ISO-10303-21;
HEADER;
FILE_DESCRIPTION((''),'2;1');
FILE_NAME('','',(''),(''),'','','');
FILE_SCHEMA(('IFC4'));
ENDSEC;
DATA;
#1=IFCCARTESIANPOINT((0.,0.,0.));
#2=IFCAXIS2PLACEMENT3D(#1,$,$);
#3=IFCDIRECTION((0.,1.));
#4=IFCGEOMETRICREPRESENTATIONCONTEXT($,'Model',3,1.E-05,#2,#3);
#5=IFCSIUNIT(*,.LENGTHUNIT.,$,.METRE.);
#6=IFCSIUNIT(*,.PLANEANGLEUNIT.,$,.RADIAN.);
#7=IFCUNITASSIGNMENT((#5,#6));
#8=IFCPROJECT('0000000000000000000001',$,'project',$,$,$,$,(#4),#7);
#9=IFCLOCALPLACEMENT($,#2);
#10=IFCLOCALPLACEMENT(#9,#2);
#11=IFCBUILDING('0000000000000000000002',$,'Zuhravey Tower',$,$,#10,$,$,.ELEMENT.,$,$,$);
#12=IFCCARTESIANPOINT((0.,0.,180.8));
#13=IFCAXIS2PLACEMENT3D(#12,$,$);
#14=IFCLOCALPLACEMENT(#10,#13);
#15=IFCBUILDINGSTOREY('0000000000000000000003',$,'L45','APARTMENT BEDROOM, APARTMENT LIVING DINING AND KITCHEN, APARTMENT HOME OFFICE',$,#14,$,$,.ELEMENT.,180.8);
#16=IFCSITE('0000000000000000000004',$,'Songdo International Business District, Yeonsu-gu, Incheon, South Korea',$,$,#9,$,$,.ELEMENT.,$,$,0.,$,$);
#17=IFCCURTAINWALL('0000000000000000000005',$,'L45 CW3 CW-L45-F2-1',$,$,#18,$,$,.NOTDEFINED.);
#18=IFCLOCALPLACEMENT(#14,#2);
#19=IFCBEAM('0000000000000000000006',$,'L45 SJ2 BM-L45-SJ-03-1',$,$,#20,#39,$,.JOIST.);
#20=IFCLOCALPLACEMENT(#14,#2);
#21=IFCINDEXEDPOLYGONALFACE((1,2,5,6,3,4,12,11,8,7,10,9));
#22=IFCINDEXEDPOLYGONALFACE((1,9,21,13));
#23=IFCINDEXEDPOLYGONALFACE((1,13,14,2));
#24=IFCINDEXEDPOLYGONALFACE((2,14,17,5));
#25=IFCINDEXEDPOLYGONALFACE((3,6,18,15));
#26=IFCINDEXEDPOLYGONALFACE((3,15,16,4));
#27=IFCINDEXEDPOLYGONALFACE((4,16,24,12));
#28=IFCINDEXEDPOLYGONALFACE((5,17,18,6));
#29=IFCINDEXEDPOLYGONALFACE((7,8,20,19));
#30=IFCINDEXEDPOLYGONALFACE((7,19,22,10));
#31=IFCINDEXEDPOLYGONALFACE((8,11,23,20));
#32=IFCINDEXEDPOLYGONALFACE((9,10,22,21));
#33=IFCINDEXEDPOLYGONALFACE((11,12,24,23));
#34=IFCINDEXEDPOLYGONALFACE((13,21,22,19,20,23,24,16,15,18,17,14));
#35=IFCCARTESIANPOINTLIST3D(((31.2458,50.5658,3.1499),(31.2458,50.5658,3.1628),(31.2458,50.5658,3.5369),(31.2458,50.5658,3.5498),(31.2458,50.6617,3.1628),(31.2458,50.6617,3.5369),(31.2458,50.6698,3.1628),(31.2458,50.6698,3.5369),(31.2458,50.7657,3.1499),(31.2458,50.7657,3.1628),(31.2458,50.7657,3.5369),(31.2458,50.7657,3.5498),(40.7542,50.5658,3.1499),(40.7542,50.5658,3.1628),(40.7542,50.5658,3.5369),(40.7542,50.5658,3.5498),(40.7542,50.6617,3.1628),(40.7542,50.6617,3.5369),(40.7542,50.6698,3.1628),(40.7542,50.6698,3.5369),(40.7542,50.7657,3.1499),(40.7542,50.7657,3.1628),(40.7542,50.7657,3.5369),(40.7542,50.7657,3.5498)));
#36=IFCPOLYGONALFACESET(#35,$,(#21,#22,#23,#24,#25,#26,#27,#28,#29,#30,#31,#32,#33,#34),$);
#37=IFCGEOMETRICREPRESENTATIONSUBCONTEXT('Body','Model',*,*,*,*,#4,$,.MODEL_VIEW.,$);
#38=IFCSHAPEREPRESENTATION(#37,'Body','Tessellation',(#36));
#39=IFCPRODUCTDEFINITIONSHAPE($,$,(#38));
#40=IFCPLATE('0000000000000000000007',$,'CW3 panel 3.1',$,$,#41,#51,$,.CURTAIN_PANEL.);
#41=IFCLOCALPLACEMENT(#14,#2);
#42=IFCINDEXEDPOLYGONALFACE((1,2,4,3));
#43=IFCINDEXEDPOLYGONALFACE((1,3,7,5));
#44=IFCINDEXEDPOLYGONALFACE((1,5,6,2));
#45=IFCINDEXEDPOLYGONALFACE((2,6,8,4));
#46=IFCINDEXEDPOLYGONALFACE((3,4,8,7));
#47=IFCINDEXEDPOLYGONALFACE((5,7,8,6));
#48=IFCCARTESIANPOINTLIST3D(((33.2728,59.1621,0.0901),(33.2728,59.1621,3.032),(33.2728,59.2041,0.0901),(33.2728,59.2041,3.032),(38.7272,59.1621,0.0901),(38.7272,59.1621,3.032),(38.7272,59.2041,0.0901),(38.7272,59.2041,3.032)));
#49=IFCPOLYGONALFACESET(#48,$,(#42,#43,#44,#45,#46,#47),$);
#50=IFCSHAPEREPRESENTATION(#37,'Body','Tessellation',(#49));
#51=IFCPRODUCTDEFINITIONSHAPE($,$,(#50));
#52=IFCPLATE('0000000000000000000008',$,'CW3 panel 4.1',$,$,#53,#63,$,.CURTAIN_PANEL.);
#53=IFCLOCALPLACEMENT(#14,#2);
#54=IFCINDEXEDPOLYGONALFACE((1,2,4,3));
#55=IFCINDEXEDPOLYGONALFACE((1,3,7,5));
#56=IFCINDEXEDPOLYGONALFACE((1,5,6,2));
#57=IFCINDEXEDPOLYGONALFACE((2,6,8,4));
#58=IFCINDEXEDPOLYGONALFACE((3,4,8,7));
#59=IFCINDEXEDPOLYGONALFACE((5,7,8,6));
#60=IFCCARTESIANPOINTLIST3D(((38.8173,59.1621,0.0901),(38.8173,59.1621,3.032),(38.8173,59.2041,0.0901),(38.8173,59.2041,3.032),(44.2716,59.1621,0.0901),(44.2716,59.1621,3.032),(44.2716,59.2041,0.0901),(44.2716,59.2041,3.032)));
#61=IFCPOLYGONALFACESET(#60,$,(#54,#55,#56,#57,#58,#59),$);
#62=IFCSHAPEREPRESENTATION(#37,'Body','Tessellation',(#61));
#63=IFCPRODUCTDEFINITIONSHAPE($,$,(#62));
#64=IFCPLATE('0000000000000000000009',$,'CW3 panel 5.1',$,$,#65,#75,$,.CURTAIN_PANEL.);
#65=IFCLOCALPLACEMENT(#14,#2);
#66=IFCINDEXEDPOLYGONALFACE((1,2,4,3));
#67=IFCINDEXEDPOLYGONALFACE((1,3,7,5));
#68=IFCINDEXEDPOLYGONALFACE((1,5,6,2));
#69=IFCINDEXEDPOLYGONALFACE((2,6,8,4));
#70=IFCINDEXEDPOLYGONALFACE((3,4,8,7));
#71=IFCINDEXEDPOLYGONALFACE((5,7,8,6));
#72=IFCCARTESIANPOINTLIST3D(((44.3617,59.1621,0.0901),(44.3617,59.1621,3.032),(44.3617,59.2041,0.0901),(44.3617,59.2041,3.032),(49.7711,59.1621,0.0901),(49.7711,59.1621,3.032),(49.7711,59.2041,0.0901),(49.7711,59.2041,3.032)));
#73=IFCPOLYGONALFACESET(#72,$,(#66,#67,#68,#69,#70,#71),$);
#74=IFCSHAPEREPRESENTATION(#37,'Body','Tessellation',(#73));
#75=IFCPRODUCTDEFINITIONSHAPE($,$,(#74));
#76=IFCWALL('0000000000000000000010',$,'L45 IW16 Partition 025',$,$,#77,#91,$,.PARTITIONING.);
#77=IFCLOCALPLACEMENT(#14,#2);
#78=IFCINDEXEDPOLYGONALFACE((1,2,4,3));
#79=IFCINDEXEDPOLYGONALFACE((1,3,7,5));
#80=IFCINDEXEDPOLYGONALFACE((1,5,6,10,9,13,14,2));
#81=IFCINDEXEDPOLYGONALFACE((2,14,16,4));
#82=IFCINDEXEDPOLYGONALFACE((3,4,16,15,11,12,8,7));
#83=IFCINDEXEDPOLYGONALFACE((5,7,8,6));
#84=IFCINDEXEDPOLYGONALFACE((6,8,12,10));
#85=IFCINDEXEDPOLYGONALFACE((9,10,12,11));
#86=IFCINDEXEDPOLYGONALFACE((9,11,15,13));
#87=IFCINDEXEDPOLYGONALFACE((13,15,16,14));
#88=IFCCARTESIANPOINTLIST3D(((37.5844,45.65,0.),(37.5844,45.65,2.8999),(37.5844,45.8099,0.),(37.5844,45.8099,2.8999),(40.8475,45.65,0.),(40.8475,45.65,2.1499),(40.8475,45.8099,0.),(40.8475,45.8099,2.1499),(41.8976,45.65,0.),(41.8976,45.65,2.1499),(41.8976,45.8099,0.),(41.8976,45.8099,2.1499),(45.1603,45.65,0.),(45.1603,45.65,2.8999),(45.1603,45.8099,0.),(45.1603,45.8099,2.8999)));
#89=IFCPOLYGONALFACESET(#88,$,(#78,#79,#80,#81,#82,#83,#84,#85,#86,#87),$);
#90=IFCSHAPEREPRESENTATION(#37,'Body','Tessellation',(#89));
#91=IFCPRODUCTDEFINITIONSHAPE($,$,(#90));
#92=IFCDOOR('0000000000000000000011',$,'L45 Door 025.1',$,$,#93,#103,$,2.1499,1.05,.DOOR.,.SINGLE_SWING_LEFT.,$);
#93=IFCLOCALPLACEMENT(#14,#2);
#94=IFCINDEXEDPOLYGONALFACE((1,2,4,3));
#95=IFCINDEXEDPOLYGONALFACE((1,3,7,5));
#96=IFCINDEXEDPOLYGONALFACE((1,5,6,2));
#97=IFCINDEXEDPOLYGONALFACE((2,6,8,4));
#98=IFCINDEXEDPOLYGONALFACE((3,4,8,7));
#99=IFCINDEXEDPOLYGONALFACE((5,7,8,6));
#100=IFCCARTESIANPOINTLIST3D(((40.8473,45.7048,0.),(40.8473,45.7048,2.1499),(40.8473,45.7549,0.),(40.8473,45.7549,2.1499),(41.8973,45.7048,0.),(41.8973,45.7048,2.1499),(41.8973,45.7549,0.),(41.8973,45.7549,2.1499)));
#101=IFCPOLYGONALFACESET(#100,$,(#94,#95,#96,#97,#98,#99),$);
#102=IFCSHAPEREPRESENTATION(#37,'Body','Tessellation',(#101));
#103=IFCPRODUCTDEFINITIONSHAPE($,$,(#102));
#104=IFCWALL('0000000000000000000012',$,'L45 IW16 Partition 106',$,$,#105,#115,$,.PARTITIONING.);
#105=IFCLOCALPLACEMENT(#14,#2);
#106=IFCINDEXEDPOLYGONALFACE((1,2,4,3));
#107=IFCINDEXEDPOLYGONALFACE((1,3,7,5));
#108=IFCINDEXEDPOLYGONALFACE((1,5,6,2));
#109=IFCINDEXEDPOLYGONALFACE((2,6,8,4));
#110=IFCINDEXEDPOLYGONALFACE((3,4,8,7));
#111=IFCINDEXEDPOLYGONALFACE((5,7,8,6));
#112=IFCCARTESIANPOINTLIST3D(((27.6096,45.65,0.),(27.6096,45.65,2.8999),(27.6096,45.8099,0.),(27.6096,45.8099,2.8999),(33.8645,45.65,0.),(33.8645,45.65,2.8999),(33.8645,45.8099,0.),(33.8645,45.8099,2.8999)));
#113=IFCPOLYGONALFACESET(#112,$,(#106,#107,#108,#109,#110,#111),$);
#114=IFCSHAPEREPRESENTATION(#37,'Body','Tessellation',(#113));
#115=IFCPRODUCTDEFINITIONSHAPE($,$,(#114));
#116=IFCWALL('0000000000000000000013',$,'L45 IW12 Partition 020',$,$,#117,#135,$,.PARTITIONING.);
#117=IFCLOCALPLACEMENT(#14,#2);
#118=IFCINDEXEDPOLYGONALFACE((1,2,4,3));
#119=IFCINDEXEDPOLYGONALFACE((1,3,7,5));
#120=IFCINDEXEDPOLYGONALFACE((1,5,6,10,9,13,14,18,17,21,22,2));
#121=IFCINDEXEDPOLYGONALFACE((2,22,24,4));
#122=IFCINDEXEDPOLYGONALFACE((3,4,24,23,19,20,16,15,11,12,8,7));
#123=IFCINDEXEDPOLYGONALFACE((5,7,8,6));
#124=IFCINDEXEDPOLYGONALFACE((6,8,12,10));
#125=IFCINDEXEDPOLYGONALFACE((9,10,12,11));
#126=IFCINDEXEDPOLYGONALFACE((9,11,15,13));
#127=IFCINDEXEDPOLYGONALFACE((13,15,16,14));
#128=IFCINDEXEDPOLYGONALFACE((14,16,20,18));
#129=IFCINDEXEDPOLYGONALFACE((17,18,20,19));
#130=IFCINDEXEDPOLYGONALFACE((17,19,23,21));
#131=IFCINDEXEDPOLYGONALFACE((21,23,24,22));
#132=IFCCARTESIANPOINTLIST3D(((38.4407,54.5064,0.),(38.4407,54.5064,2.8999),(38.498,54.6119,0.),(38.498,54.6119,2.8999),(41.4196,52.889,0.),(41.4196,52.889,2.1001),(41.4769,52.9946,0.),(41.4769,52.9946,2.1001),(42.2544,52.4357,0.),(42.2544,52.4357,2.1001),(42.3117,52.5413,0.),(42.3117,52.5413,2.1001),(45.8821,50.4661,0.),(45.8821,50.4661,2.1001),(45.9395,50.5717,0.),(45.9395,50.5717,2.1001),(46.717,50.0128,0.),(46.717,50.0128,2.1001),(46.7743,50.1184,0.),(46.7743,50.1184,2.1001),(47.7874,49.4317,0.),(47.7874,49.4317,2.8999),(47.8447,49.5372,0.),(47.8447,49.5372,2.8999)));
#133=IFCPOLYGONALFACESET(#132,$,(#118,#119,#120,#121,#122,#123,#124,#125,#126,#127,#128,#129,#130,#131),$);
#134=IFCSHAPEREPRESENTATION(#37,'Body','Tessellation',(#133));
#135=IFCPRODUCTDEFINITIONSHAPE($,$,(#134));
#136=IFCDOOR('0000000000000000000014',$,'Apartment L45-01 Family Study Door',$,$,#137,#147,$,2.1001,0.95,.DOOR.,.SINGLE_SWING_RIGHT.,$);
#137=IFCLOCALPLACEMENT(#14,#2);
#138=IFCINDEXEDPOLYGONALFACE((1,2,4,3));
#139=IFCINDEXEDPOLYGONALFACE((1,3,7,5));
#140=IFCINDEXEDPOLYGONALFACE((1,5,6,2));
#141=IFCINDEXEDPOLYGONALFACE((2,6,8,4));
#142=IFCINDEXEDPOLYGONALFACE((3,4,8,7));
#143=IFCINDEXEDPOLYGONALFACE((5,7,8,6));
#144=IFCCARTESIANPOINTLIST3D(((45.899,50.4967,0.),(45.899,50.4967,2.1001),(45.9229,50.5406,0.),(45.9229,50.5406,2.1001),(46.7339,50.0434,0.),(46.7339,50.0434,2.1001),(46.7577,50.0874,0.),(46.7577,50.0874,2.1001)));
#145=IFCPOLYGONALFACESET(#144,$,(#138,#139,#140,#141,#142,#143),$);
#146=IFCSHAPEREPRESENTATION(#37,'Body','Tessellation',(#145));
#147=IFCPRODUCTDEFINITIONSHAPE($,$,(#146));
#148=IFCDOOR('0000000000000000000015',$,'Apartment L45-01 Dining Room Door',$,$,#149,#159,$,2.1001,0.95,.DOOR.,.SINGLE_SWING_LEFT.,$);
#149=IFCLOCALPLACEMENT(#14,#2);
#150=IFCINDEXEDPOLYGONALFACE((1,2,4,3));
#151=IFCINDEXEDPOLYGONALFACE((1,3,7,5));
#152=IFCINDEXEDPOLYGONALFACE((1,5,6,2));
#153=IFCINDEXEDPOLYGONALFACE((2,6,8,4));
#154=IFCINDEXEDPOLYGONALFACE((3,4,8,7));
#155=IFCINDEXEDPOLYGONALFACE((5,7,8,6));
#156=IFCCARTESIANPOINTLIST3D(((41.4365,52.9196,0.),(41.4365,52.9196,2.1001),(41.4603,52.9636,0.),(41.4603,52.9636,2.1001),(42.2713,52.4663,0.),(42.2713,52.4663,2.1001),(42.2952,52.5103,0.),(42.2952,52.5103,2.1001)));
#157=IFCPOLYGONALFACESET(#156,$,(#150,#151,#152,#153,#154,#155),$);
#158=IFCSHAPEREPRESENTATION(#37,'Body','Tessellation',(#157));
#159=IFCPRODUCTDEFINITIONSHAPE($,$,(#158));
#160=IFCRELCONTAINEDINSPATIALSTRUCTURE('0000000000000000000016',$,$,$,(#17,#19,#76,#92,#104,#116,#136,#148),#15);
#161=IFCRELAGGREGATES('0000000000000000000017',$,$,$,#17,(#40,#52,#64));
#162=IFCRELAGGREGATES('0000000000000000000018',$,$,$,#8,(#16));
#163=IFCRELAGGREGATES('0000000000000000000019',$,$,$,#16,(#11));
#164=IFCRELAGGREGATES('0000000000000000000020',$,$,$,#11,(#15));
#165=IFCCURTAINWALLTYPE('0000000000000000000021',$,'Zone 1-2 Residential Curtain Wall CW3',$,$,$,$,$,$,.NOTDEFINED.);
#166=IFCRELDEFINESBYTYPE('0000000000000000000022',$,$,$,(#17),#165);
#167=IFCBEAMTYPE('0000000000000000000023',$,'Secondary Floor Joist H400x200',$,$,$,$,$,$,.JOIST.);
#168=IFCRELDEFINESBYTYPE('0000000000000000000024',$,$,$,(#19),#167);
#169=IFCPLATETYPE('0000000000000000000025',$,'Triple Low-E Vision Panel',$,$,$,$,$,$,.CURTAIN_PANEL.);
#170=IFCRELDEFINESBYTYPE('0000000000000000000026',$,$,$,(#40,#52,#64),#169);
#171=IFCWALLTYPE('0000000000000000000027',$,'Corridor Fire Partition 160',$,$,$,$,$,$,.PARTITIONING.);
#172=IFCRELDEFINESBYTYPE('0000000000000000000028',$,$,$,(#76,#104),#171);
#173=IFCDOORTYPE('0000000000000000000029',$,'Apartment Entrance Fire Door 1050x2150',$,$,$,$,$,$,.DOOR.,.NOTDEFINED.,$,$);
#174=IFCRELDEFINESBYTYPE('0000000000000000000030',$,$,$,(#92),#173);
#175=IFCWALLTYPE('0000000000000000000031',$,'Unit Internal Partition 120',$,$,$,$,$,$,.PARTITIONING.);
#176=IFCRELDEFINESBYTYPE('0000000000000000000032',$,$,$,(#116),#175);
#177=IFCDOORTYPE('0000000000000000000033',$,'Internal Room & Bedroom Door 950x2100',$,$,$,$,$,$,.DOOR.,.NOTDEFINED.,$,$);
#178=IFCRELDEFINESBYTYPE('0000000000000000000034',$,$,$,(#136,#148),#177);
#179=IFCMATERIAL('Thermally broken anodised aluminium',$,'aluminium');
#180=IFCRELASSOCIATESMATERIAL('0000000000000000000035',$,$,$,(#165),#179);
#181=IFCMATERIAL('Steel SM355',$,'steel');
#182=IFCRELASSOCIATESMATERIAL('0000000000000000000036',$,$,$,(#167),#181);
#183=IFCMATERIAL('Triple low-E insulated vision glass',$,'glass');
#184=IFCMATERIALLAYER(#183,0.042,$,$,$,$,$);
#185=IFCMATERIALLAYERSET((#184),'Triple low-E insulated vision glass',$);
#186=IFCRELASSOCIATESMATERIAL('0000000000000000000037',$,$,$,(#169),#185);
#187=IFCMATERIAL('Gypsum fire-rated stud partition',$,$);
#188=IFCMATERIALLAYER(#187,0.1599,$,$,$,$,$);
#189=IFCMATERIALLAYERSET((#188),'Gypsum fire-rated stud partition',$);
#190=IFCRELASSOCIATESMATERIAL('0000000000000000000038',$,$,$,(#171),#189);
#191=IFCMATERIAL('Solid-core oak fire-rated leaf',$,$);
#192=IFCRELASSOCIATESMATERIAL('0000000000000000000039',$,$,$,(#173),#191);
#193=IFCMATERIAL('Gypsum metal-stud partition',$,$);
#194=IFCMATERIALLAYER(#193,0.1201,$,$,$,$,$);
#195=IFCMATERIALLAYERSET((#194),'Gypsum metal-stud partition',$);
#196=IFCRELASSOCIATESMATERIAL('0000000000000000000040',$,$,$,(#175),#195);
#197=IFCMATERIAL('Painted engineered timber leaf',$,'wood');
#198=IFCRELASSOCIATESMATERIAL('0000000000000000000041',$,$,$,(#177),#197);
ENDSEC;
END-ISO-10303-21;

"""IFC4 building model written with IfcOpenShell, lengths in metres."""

from ifc_helpers import new_model, si_unit, direction, frame, frame_2d, origin, origin_2d, place, context, subcontext, project, spatial, rectangle, i_section, extrude, material, layer, layer_set, material_profile, profile_set, type_object, element, fill, aggregate, save


model = new_model("IFC4")

# Units and contexts
model_context = context("Model", 3, precision=1e-05, world=origin(), true_north=direction((0.0, 1.0)))
body_context = subcontext(model_context, "Body", "Model", "MODEL_VIEW")
ifc_project = project(units=[si_unit("LENGTHUNIT", "METRE"), si_unit("PLANEANGLEUNIT", "RADIAN")], contexts=[model_context])

# Site, building, storey
site_placement = place(None, origin())
site = spatial("IfcSite", under=ifc_project, at=site_placement, Name="Songdo International Business District, Yeonsu-gu, Incheon, South Korea", CompositionType="ELEMENT", RefElevation=0.0)
building_placement = place(site_placement, origin())
building = spatial("IfcBuilding", under=site, at=building_placement, Name="Zuhravey Tower", CompositionType="ELEMENT")
storey_placement = place(building_placement, frame((0.0, 0.0, 180.8)))
storey = spatial("IfcBuildingStorey", under=building, at=storey_placement, Name="L45", Description="APARTMENT BEDROOM, APARTMENT LIVING DINING AND KITCHEN, APARTMENT HOME OFFICE", CompositionType="ELEMENT", Elevation=180.8)

# Curtain wall
ifc_material_1 = material(Name="Thermally broken anodised aluminium", Category="aluminium")
curtain_wall_type = type_object("IfcCurtainWallType", Name="Zone 1-2 Residential Curtain Wall CW3", PredefinedType="NOTDEFINED", material=ifc_material_1)
curtain_wall_placement = place(storey_placement, origin())
curtain_wall = element("IfcCurtainWall", 1, at=curtain_wall_placement, inside=storey, type_object=curtain_wall_type, Name="L45 CW3 CW-L45-F2-1", PredefinedType="NOTDEFINED")

# Beam
ifc_material_2 = material(Name="Steel SM355", Category="steel")
ifc_material_profile_1 = material_profile(ifc_material_2, i_section(OverallWidth=0.2, OverallDepth=0.3999, WebThickness=0.0081, FlangeThickness=0.0129, at=origin_2d()), Name="H-400x200x8x13")
ifc_profile_set_1 = profile_set([ifc_material_profile_1], Name="Steel SM355")
beam_type_1 = type_object("IfcBeamType", Name="Secondary Floor Joist H400x200", PredefinedType="JOIST", material=ifc_profile_set_1)
beam_1_placement = place(storey_placement, frame((40.7542, 50.6658, 3.3499), z_axis=(-1.0, 0.0, 0.0), x_axis=(0.0, -1.0, 0.0)))
element("IfcBeam", 2, at=beam_1_placement, inside=storey, type_object=beam_type_1, Name="L45 SJ2 BM-L45-SJ-03-1", PredefinedType="JOIST", context=body_context, shape_type="SweptSolid", body=[
    extrude(i_section(OverallWidth=0.2, OverallDepth=0.3999, WebThickness=0.0081, FlangeThickness=0.0129, at=origin_2d()), origin(), (0.0, 0.0, 1.0), 9.5083),
])

# Plates
ifc_material_3 = material(Name="Triple low-E insulated vision glass", Category="glass")
ifc_layer_1 = layer(ifc_material_3, 0.042)
ifc_layer_set_1 = layer_set([ifc_layer_1], Name="Triple low-E insulated vision glass")
plate_type = type_object("IfcPlateType", Name="Triple Low-E Vision Panel", PredefinedType="CURTAIN_PANEL", material=ifc_layer_set_1)
plate_1_placement = place(storey_placement, frame((36.0, 59.1831, 0.0901), z_axis=(0.0, 0.0, 1.0), x_axis=(1.0, 0.0, 0.0)))
plate_1 = element("IfcPlate", 3, at=plate_1_placement, type_object=plate_type, Name="CW3 panel 3.1", PredefinedType="CURTAIN_PANEL", context=body_context, shape_type="SweptSolid", body=[
    extrude(rectangle(XDim=5.4543, YDim=0.042, at=origin_2d()), origin(), (0.0, 0.0, 1.0), 2.9419),
])
plate_2_placement = place(storey_placement, frame((41.5444, 59.1831, 0.0901), z_axis=(0.0, 0.0, 1.0), x_axis=(1.0, 0.0, 0.0)))
plate_2 = element("IfcPlate", 4, at=plate_2_placement, type_object=plate_type, Name="CW3 panel 4.1", PredefinedType="CURTAIN_PANEL", context=body_context, shape_type="SweptSolid", body=[
    extrude(rectangle(XDim=5.4543, YDim=0.042, at=origin_2d()), origin(), (0.0, 0.0, 1.0), 2.9419),
])
plate_3_placement = place(storey_placement, frame((47.0664, 59.1831, 0.0901), z_axis=(0.0, 0.0, 1.0), x_axis=(1.0, 0.0, 0.0)))
plate_3 = element("IfcPlate", 5, at=plate_3_placement, type_object=plate_type, Name="CW3 panel 5.1", PredefinedType="CURTAIN_PANEL", context=body_context, shape_type="SweptSolid", body=[
    extrude(rectangle(XDim=5.4094, YDim=0.042, at=origin_2d()), origin(), (0.0, 0.0, 1.0), 2.9419),
])
aggregate(curtain_wall, [plate_1, plate_2, plate_3])

# Wall, opening, door
ifc_material_4 = material(Name="Gypsum fire-rated stud partition")
ifc_layer_2 = layer(ifc_material_4, 0.1599)
ifc_layer_set_2 = layer_set([ifc_layer_2], Name="Gypsum fire-rated stud partition")
wall_type_1 = type_object("IfcWallType", Name="Corridor Fire Partition 160", PredefinedType="PARTITIONING", material=ifc_layer_set_2)
wall_1_placement = place(storey_placement, frame((45.1604, 45.73, 0.0), z_axis=(0.0, 0.0, 1.0), x_axis=(-1.0, 0.0, 0.0)))
wall_1 = element("IfcWall", 6, at=wall_1_placement, inside=storey, type_object=wall_type_1, Name="L45 IW16 Partition 025", PredefinedType="PARTITIONING", context=body_context, shape_type="SweptSolid", body=[
    extrude(rectangle(XDim=7.5759, YDim=0.1599, at=frame_2d((3.7881, 0.0))), origin(), (0.0, 0.0, 1.0), 2.8999),
])
opening_1_placement = place(wall_1_placement, frame((3.2629, 0.0, 0.0)))
opening_1 = element("IfcOpeningElement", 7, at=opening_1_placement, cuts=wall_1, PredefinedType="OPENING", context=body_context, shape_type="SweptSolid", body=[
    extrude(rectangle(XDim=1.05, YDim=2.1499, at=frame_2d((0.5249, 1.075))), frame((0.0, 0.092, 0.0), z_axis=(0.0, -1.0, 0.0), x_axis=(1.0, 0.0, 0.0)), (0.0, 0.0, 1.0), 0.1838),
])
ifc_material_5 = material(Name="Solid-core oak fire-rated leaf")
door_type_1 = type_object("IfcDoorType", Name="Apartment Entrance Fire Door 1050x2150", OperationType="NOTDEFINED", PredefinedType="DOOR", material=ifc_material_5)
door_1_placement = place(opening_1_placement, frame((1.05, 0.0, 0.0), z_axis=(0.0, 0.0, 1.0), x_axis=(-1.0, 0.0, 0.0)))
door_1 = element("IfcDoor", 8, at=door_1_placement, inside=storey, type_object=door_type_1, Name="L45 Door 025.1", OperationType="SINGLE_SWING_LEFT", OverallHeight=2.1499, OverallWidth=1.05, PredefinedType="DOOR", context=body_context, shape_type="SweptSolid", body=[
    extrude(rectangle(XDim=1.05, YDim=2.1499, at=frame_2d((0.5249, 1.075))), frame((0.0, 0.0249, 0.0), z_axis=(0.0, -1.0, 0.0), x_axis=(1.0, 0.0, 0.0)), (0.0, 0.0, 1.0), 0.05),
])
fill(opening_1, door_1)

# Wall
wall_2_placement = place(storey_placement, frame((33.8645, 45.73, 0.0), z_axis=(0.0, 0.0, 1.0), x_axis=(-1.0, 0.0, 0.0)))
element("IfcWall", 9, at=wall_2_placement, inside=storey, type_object=wall_type_1, Name="L45 IW16 Partition 106", PredefinedType="PARTITIONING", context=body_context, shape_type="SweptSolid", body=[
    extrude(rectangle(XDim=6.2549, YDim=0.1599, at=frame_2d((3.1274, 0.0))), origin(), (0.0, 0.0, 1.0), 2.8999),
])

# Wall, openings, doors
ifc_material_6 = material(Name="Gypsum metal-stud partition")
ifc_layer_3 = layer(ifc_material_6, 0.1201)
ifc_layer_set_3 = layer_set([ifc_layer_3], Name="Gypsum metal-stud partition")
wall_type_2 = type_object("IfcWallType", Name="Unit Internal Partition 120", PredefinedType="PARTITIONING", material=ifc_layer_set_3)
wall_3_placement = place(storey_placement, frame((47.8162, 49.4844, 0.0), z_axis=(0.0, 0.0, 1.0), x_axis=(-0.878822, 0.47715, 0.0)))
wall_3 = element("IfcWall", 10, at=wall_3_placement, inside=storey, type_object=wall_type_2, Name="L45 IW12 Partition 020", PredefinedType="PARTITIONING", context=body_context, shape_type="SweptSolid", body=[
    extrude(rectangle(XDim=10.6355, YDim=0.1201, at=frame_2d((5.3179, 0.0))), origin(), (0.0, 0.0, 1.0), 2.8999),
])
opening_2_placement = place(wall_3_placement, frame((1.218, 0.0, 0.0)))
opening_2 = element("IfcOpeningElement", 11, at=opening_2_placement, cuts=wall_3, PredefinedType="OPENING", context=body_context, shape_type="SweptSolid", body=[
    extrude(rectangle(XDim=0.95, YDim=2.1001, at=frame_2d((0.4751, 1.05))), frame((0.0, 0.072, 0.0), z_axis=(0.0, -1.0, 0.0), x_axis=(1.0, 0.0, 0.0)), (0.0, 0.0, 1.0), 0.144),
])
opening_3_placement = place(wall_3_placement, frame((6.2959, 0.0, 0.0)))
opening_3 = element("IfcOpeningElement", 12, at=opening_3_placement, cuts=wall_3, PredefinedType="OPENING", context=body_context, shape_type="SweptSolid", body=[
    extrude(rectangle(XDim=0.95, YDim=2.1001, at=frame_2d((0.4751, 1.05))), frame((0.0, 0.072, 0.0), z_axis=(0.0, -1.0, 0.0), x_axis=(1.0, 0.0, 0.0)), (0.0, 0.0, 1.0), 0.144),
])
ifc_material_7 = material(Name="Painted engineered timber leaf", Category="wood")
door_type_2 = type_object("IfcDoorType", Name="Internal Room & Bedroom Door 950x2100", OperationType="NOTDEFINED", PredefinedType="DOOR", material=ifc_material_7)
door_2_placement = place(opening_2_placement, frame((0.95, 0.0, 0.0), z_axis=(0.0, 0.0, 1.0), x_axis=(-1.0, 0.0, 0.0)))
door_2 = element("IfcDoor", 13, at=door_2_placement, inside=storey, type_object=door_type_2, Name="Apartment L45-01 Family Study Door", OperationType="SINGLE_SWING_RIGHT", OverallHeight=2.1001, OverallWidth=0.95, PredefinedType="DOOR", context=body_context, shape_type="SweptSolid", body=[
    extrude(rectangle(XDim=0.95, YDim=2.1001, at=frame_2d((0.4751, 1.05))), frame((0.0, 0.0249, 0.0), z_axis=(0.0, -1.0, 0.0), x_axis=(1.0, 0.0, 0.0)), (0.0, 0.0, 1.0), 0.05),
])
fill(opening_2, door_2)
door_3_placement = place(opening_3_placement, frame((0.95, 0.0, 0.0), z_axis=(0.0, 0.0, 1.0), x_axis=(-1.0, 0.0, 0.0)))
door_3 = element("IfcDoor", 14, at=door_3_placement, inside=storey, type_object=door_type_2, Name="Apartment L45-01 Dining Room Door", OperationType="SINGLE_SWING_LEFT", OverallHeight=2.1001, OverallWidth=0.95, PredefinedType="DOOR", context=body_context, shape_type="SweptSolid", body=[
    extrude(rectangle(XDim=0.95, YDim=2.1001, at=frame_2d((0.4751, 1.05))), frame((0.0, 0.0249, 0.0), z_axis=(0.0, -1.0, 0.0), x_axis=(1.0, 0.0, 0.0)), (0.0, 0.0, 1.0), 0.05),
])
fill(opening_3, door_3)

save(model, "model.ifc")
